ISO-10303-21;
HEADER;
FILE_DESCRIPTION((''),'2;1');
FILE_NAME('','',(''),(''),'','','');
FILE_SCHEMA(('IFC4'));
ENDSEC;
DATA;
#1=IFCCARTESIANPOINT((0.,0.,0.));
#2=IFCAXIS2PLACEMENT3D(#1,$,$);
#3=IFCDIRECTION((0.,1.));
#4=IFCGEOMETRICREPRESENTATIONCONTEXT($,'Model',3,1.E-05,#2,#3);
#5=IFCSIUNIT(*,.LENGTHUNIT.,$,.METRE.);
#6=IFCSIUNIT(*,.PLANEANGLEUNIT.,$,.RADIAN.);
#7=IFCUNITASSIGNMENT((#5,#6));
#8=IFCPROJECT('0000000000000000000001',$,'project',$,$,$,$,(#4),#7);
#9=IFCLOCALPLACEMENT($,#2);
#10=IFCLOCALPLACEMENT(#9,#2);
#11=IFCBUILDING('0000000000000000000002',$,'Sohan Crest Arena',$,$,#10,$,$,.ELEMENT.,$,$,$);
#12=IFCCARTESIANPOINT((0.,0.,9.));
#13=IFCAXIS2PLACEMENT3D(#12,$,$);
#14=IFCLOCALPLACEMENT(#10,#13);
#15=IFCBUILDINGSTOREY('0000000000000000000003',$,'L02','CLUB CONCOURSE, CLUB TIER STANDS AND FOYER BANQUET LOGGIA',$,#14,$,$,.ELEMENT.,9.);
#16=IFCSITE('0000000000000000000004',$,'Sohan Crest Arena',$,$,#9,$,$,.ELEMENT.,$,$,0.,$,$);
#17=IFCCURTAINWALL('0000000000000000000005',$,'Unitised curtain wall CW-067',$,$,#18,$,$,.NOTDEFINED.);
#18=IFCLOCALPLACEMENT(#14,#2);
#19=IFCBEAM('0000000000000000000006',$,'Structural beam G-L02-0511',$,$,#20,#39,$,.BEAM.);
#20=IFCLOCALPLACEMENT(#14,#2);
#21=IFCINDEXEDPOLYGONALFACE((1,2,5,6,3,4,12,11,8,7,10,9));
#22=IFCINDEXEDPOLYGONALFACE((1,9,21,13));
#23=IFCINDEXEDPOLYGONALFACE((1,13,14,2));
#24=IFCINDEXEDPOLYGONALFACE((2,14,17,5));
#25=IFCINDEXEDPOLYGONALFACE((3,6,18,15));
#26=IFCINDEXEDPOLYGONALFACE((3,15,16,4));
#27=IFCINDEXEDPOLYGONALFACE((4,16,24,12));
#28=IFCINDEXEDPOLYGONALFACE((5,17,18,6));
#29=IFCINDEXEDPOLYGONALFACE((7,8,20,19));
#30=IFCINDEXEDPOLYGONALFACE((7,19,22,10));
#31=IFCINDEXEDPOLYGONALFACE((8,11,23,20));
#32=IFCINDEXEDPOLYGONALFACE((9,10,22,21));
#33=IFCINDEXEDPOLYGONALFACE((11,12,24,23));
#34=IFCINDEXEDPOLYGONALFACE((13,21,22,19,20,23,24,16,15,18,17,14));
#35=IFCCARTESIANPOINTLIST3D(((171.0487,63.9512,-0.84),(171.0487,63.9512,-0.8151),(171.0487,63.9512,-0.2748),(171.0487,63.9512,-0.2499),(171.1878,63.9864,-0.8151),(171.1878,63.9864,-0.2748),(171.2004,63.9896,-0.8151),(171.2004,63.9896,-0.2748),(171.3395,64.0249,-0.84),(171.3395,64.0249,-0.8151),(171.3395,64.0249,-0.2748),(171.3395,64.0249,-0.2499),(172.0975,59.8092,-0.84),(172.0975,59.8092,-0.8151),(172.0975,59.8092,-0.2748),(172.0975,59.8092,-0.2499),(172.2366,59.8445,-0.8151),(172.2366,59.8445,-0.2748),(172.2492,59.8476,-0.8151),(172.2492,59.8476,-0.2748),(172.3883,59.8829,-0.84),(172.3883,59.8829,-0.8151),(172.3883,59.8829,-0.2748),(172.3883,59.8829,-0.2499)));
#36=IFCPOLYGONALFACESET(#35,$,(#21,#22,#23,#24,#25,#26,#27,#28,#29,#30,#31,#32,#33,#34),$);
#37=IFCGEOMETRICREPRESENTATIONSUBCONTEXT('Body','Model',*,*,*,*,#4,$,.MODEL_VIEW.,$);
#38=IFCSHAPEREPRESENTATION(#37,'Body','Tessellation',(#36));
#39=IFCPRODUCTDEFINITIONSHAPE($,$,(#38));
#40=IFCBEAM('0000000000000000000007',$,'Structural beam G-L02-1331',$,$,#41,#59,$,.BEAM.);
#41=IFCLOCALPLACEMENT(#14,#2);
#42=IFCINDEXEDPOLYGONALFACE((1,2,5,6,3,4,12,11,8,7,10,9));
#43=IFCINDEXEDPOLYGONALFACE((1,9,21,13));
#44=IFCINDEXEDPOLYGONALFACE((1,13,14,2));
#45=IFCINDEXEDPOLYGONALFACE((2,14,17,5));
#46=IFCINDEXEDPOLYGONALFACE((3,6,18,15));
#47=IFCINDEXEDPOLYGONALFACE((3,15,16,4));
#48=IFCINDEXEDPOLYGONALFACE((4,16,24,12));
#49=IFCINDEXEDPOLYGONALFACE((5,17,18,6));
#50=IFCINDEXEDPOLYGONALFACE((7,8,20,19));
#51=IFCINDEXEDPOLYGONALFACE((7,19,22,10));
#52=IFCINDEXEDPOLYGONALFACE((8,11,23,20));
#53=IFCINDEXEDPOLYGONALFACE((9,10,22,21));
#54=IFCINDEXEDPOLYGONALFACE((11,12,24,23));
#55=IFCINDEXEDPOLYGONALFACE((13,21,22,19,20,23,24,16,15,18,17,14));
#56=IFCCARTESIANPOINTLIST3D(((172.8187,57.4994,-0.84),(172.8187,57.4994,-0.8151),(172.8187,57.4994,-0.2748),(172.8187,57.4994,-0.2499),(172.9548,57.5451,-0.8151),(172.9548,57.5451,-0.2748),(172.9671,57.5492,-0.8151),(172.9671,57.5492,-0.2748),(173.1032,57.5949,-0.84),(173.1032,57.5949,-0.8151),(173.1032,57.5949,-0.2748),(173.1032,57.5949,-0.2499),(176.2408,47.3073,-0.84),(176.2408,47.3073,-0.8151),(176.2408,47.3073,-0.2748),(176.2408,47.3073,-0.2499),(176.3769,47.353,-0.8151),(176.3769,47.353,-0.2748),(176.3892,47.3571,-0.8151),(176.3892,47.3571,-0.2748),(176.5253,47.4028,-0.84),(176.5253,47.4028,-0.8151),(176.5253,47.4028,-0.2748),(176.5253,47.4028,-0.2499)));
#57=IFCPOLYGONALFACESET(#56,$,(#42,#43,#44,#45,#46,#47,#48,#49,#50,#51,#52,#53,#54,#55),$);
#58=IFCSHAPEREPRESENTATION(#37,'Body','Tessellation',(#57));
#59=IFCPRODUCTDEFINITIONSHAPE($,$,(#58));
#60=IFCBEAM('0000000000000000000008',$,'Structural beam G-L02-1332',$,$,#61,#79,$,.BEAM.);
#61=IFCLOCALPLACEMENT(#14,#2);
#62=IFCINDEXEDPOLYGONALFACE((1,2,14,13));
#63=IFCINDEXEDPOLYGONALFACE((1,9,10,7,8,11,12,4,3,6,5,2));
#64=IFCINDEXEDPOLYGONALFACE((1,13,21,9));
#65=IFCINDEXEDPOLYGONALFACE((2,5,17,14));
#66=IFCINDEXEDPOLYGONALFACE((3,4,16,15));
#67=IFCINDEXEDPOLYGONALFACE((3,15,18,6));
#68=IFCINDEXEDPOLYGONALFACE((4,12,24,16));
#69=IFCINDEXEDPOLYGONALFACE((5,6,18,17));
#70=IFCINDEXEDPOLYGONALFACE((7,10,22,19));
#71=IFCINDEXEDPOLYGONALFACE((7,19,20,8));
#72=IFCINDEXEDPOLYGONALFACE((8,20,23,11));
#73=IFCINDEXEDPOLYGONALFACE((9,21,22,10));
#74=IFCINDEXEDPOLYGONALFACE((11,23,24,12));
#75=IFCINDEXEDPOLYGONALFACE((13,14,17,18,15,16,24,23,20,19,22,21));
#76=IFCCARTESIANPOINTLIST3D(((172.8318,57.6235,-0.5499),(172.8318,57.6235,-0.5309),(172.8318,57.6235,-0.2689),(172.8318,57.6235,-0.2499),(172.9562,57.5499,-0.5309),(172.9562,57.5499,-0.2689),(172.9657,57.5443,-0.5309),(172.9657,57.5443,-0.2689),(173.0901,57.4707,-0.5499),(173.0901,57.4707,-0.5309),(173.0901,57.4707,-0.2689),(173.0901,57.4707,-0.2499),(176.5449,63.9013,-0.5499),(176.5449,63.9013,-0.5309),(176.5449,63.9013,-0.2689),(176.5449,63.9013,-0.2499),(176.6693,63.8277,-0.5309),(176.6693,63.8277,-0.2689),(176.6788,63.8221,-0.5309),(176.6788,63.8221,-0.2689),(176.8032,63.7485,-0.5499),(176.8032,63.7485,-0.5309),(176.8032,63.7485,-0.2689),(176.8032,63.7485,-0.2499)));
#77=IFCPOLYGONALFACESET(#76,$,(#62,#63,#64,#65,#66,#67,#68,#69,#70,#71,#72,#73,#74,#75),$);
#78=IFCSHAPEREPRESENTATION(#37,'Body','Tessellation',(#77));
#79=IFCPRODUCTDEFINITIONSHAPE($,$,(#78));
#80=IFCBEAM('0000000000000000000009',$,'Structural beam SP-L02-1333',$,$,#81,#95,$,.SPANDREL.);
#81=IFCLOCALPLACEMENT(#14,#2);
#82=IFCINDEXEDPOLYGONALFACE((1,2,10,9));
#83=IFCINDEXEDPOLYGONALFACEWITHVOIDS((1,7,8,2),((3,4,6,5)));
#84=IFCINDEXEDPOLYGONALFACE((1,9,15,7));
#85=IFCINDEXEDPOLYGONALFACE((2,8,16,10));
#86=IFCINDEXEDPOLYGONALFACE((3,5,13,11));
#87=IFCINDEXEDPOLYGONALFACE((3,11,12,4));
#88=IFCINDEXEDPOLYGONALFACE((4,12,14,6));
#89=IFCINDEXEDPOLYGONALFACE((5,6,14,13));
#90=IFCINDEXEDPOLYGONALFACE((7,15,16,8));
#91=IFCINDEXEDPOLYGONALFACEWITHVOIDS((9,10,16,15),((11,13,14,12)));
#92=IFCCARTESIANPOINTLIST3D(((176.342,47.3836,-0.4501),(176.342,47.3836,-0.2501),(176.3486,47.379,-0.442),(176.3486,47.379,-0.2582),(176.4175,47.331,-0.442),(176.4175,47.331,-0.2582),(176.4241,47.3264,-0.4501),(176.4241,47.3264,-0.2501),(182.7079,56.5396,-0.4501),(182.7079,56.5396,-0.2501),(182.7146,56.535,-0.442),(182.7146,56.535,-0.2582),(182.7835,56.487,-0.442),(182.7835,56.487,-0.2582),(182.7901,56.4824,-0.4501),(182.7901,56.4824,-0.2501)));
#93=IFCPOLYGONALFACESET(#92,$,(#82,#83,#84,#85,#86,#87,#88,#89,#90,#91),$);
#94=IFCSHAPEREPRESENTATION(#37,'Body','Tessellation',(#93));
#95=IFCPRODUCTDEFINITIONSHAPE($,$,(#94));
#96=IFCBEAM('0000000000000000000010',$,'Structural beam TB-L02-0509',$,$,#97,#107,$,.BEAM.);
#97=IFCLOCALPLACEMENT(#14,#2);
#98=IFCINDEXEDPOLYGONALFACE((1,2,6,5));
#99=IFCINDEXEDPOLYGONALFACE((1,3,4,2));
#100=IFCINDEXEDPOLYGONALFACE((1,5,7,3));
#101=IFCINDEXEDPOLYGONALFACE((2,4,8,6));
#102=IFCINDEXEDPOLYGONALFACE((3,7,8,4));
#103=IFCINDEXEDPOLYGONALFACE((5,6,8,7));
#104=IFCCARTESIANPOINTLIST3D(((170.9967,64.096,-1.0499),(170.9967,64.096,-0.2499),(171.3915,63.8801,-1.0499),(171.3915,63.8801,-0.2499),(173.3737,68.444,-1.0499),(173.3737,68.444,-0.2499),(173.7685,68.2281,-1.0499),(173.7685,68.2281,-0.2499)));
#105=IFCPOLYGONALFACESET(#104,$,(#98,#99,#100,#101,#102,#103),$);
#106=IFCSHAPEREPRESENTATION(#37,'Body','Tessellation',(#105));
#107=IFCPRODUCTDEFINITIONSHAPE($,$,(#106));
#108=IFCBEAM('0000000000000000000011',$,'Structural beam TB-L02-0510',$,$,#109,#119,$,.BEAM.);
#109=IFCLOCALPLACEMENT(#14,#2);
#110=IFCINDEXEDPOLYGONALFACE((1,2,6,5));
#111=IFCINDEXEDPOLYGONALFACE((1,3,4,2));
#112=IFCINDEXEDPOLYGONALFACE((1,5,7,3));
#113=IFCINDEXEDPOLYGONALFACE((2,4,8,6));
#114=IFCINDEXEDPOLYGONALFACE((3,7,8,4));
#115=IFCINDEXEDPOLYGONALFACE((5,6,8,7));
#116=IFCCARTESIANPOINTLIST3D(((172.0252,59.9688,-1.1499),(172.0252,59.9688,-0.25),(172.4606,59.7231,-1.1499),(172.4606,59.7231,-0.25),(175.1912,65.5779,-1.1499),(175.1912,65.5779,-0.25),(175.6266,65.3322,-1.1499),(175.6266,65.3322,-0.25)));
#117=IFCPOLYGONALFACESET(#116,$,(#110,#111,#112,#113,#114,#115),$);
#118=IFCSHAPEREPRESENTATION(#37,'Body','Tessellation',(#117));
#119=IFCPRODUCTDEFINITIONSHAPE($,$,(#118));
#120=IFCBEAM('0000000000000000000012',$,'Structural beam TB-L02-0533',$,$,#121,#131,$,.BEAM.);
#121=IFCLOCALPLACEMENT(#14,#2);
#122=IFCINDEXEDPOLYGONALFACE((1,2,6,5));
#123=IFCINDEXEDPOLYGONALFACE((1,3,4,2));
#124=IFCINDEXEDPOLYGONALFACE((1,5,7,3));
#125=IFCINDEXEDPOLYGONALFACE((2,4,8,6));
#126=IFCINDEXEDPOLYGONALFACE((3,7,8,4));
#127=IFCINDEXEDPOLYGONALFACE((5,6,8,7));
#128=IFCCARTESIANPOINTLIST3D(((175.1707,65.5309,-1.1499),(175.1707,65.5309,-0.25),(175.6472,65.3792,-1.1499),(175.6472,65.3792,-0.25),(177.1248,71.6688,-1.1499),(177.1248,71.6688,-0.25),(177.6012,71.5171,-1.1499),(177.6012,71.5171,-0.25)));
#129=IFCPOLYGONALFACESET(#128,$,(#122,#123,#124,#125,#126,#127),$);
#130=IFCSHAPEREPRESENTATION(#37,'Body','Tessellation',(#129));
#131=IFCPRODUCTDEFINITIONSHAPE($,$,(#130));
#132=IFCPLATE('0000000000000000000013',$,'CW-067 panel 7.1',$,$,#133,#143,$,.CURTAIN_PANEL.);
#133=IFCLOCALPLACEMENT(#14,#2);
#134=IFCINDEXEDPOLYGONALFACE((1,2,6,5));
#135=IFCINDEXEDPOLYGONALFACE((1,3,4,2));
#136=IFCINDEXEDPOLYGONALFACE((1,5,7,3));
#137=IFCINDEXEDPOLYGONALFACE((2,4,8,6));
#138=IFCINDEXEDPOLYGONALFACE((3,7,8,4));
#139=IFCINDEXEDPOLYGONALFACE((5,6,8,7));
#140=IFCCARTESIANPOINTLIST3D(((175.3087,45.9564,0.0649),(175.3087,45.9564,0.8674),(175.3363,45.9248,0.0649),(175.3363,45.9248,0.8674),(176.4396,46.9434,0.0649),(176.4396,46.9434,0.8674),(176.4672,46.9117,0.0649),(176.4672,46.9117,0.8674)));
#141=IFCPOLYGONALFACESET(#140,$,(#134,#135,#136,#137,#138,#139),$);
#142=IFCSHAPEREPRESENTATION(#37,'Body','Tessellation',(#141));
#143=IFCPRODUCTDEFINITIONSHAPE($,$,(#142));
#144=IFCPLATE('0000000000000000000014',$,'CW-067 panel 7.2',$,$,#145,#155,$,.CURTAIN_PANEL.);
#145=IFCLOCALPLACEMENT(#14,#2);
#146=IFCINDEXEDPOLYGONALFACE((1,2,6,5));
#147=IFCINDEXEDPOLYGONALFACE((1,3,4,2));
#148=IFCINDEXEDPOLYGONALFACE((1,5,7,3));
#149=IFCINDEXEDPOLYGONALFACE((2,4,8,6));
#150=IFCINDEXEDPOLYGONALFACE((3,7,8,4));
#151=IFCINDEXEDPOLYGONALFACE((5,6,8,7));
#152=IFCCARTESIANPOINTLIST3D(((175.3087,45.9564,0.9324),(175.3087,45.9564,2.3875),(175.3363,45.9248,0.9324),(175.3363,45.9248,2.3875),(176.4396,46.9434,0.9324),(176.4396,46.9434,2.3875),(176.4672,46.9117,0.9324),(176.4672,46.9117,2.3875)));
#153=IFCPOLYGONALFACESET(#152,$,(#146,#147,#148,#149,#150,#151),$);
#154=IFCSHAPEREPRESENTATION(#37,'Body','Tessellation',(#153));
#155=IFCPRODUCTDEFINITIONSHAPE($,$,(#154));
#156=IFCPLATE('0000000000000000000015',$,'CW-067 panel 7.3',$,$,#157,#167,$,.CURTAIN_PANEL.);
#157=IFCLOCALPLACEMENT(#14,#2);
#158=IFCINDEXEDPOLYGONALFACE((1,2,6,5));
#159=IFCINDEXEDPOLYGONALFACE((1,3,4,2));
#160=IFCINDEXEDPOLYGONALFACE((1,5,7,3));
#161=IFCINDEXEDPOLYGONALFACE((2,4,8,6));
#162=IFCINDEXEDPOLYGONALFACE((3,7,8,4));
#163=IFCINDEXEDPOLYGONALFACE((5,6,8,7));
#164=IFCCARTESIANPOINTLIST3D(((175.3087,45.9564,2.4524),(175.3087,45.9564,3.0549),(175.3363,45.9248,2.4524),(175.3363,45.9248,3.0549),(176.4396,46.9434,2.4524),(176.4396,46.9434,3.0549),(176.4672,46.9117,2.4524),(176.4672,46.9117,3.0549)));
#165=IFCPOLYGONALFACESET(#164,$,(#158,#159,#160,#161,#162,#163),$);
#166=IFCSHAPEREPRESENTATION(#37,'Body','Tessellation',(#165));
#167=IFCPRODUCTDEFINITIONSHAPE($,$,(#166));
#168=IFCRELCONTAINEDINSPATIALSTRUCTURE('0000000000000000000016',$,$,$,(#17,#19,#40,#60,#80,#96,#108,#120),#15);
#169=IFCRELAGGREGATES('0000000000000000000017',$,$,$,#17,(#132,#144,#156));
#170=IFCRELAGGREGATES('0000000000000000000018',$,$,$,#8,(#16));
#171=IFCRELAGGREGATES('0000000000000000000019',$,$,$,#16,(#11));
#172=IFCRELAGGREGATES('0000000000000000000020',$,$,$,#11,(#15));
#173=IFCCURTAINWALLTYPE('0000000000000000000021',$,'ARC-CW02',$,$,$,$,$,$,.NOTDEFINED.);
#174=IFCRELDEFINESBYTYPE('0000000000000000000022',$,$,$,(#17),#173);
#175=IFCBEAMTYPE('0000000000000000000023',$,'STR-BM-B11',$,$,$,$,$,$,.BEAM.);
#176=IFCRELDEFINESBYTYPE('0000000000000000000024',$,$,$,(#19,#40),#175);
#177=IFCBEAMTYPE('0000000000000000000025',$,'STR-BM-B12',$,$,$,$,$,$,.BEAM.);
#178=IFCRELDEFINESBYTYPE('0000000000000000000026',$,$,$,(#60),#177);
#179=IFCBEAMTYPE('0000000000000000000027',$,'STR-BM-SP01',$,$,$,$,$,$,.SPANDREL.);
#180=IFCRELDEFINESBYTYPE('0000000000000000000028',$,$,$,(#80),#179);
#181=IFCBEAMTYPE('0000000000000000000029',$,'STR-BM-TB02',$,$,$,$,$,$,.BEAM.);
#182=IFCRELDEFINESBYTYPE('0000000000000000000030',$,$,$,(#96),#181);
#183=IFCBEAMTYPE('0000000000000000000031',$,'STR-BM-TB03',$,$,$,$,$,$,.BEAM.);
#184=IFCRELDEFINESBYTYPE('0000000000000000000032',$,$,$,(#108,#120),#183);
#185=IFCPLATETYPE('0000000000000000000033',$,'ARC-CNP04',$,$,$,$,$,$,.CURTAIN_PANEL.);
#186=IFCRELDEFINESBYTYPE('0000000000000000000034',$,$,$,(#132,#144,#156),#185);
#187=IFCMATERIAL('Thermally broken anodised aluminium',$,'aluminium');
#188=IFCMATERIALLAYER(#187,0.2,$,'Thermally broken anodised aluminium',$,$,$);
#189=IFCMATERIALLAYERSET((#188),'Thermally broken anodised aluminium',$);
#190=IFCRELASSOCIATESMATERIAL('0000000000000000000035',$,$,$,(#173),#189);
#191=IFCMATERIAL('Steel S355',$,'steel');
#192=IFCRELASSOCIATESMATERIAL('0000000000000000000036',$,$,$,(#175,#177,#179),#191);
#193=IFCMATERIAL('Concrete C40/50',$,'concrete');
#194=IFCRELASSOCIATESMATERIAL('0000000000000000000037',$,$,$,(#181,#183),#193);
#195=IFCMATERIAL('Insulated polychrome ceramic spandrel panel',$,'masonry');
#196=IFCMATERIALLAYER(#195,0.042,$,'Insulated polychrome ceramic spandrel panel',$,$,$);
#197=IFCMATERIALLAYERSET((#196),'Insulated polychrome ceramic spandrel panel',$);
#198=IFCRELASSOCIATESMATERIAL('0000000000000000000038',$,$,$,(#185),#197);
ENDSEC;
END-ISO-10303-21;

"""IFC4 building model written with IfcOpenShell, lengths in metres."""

from ifc_helpers import new_model, si_unit, direction, frame, origin, origin_2d, place, context, subcontext, project, spatial, rectangle, hollow_rectangle, i_section, extrude, material, layer, layer_set, material_profile, profile_set, type_object, element, aggregate, save


model = new_model("IFC4")

# Units and contexts
model_context = context("Model", 3, precision=1e-05, world=origin(), true_north=direction((0.0, 1.0)))
body_context = subcontext(model_context, "Body", "Model", "MODEL_VIEW")
ifc_project = project(units=[si_unit("LENGTHUNIT", "METRE"), si_unit("PLANEANGLEUNIT", "RADIAN")], contexts=[model_context])

# Site, building, storey
site_placement = place(None, origin())
site = spatial("IfcSite", under=ifc_project, at=site_placement, Name="Sohan Crest Arena", CompositionType="ELEMENT", RefElevation=0.0)
building_placement = place(site_placement, origin())
building = spatial("IfcBuilding", under=site, at=building_placement, Name="Sohan Crest Arena", CompositionType="ELEMENT")
storey_placement = place(building_placement, frame((0.0, 0.0, 9.0)))
storey = spatial("IfcBuildingStorey", under=building, at=storey_placement, Name="L02", Description="CLUB CONCOURSE, CLUB TIER STANDS AND FOYER BANQUET LOGGIA", CompositionType="ELEMENT", Elevation=9.0)

# Shared definitions
ifc_material_1 = material(Name="Concrete C40/50", Category="concrete")
ifc_material_2 = material(Name="Steel S355", Category="steel")

# Shared definitions
ifc_material_3 = material(Name="Thermally broken anodised aluminium", Category="aluminium")

# Curtain wall
ifc_layer_1 = layer(ifc_material_3, 0.2, Name="Thermally broken anodised aluminium")
ifc_layer_set_1 = layer_set([ifc_layer_1], Name="Thermally broken anodised aluminium")
curtain_wall_type_1 = type_object("IfcCurtainWallType", Name="ARC-CW02", PredefinedType="NOTDEFINED", material=ifc_layer_set_1)
curtain_wall_1_placement = place(storey_placement, origin())
curtain_wall_1 = element("IfcCurtainWall", 1, at=curtain_wall_1_placement, inside=storey, type_object=curtain_wall_type_1, Name="Unitised curtain wall CW-067", PredefinedType="NOTDEFINED")

# Beams
ifc_material_profile_1 = material_profile(ifc_material_2, i_section(OverallWidth=0.3, OverallDepth=0.5901, WebThickness=0.0129, FlangeThickness=0.0249, at=origin_2d()), Name="HEA 600")
ifc_profile_set_1 = profile_set([ifc_material_profile_1], Name="Steel S355")
beam_type_1 = type_object("IfcBeamType", Name="STR-BM-B11", PredefinedType="BEAM", material=ifc_profile_set_1)
beam_1_placement = place(storey_placement, frame((171.1941, 63.988, -0.5449), z_axis=(0.245465, -0.969405, 0.0), x_axis=(0.969405, 0.245465, 0.0)))
element("IfcBeam", 2, at=beam_1_placement, inside=storey, type_object=beam_type_1, Name="Structural beam G-L02-0511", PredefinedType="BEAM", context=body_context, shape_type="SweptSolid", body=[
    extrude(i_section(OverallWidth=0.3, OverallDepth=0.5901, WebThickness=0.0129, FlangeThickness=0.0249, at=origin_2d()), origin(), (0.0, 0.0, 1.0), 4.2727),
])
beam_2_placement = place(storey_placement, frame((172.9609, 57.5471, -0.5449), z_axis=(0.318298, -0.947991, 0.0), x_axis=(0.947991, 0.318298, 0.0)))
element("IfcBeam", 3, at=beam_2_placement, inside=storey, type_object=beam_type_1, Name="Structural beam G-L02-1331", PredefinedType="BEAM", context=body_context, shape_type="SweptSolid", body=[
    extrude(i_section(OverallWidth=0.3, OverallDepth=0.5901, WebThickness=0.0129, FlangeThickness=0.0249, at=origin_2d()), origin(), (0.0, 0.0, 1.0), 10.7512),
])
ifc_material_profile_2 = material_profile(ifc_material_2, i_section(OverallWidth=0.3, OverallDepth=0.3, WebThickness=0.011, FlangeThickness=0.019, at=origin_2d()), Name="HEB 300")
ifc_profile_set_2 = profile_set([ifc_material_profile_2], Name="Steel S355")
beam_type_2 = type_object("IfcBeamType", Name="STR-BM-B12", PredefinedType="BEAM", material=ifc_profile_set_2)
beam_3_placement = place(storey_placement, frame((172.9609, 57.5471, -0.3999), z_axis=(0.509086, 0.860716, 0.0), x_axis=(-0.860716, 0.509086, 0.0)))
element("IfcBeam", 4, at=beam_3_placement, inside=storey, type_object=beam_type_2, Name="Structural beam G-L02-1332", PredefinedType="BEAM", context=body_context, shape_type="SweptSolid", body=[
    extrude(i_section(OverallWidth=0.3, OverallDepth=0.3, WebThickness=0.011, FlangeThickness=0.019, at=origin_2d()), origin(), (0.0, 0.0, 1.0), 7.2937),
])
ifc_material_profile_3 = material_profile(ifc_material_2, hollow_rectangle(XDim=0.1001, YDim=0.2, WallThickness=0.0081, at=origin_2d()), Name="RHS 200x100x8")
ifc_profile_set_3 = profile_set([ifc_material_profile_3], Name="Steel S355")
beam_type_3 = type_object("IfcBeamType", Name="STR-BM-SP01", PredefinedType="SPANDREL", material=ifc_profile_set_3)
beam_4_placement = place(storey_placement, frame((176.3831, 47.355, -0.3501), z_axis=(0.570857, 0.821049, 0.0), x_axis=(-0.821049, 0.570857, 0.0)))
element("IfcBeam", 5, at=beam_4_placement, inside=storey, type_object=beam_type_3, Name="Structural beam SP-L02-1333", PredefinedType="SPANDREL", context=body_context, shape_type="SweptSolid", body=[
    extrude(hollow_rectangle(XDim=0.1001, YDim=0.2, WallThickness=0.0081, at=origin_2d()), origin(), (0.0, 0.0, 1.0), 11.1516),
])
ifc_material_profile_4 = material_profile(ifc_material_1, rectangle(XDim=0.45, YDim=0.8, at=origin_2d()), Name="RC-BM 450x800")
ifc_profile_set_4 = profile_set([ifc_material_profile_4], Name="Concrete C40/50")
beam_type_4 = type_object("IfcBeamType", Name="STR-BM-TB02", PredefinedType="BEAM", material=ifc_profile_set_4)
beam_5_placement = place(storey_placement, frame((171.1941, 63.988, -0.6499), z_axis=(0.479687, 0.87744, 0.0), x_axis=(-0.87744, 0.479687, 0.0)))
element("IfcBeam", 6, at=beam_5_placement, inside=storey, type_object=beam_type_4, Name="Structural beam TB-L02-0509", PredefinedType="BEAM", context=body_context, shape_type="SweptSolid", body=[
    extrude(rectangle(XDim=0.45, YDim=0.8, at=origin_2d()), origin(), (0.0, 0.0, 1.0), 4.9553),
])
ifc_material_profile_5 = material_profile(ifc_material_1, rectangle(XDim=0.5, YDim=0.8999, at=origin_2d()), Name="RC-BM 500x900")
ifc_profile_set_5 = profile_set([ifc_material_profile_5], Name="Concrete C40/50")
beam_type_5 = type_object("IfcBeamType", Name="STR-BM-TB03", PredefinedType="BEAM", material=ifc_profile_set_5)
beam_6_placement = place(storey_placement, frame((172.2429, 59.8459, -0.7), z_axis=(0.491544, 0.870853, 0.0), x_axis=(-0.870853, 0.491544, 0.0)))
element("IfcBeam", 7, at=beam_6_placement, inside=storey, type_object=beam_type_5, Name="Structural beam TB-L02-0510", PredefinedType="BEAM", context=body_context, shape_type="SweptSolid", body=[
    extrude(rectangle(XDim=0.5, YDim=0.8999, at=origin_2d()), origin(), (0.0, 0.0, 1.0), 6.4409),
])
beam_7_placement = place(storey_placement, frame((175.4089, 65.4551, -0.7), z_axis=(0.303362, 0.952875, 0.0), x_axis=(-0.952875, 0.303362, 0.0)))
element("IfcBeam", 8, at=beam_7_placement, inside=storey, type_object=beam_type_5, Name="Structural beam TB-L02-0533", PredefinedType="BEAM", context=body_context, shape_type="SweptSolid", body=[
    extrude(rectangle(XDim=0.5, YDim=0.8999, at=origin_2d()), origin(), (0.0, 0.0, 1.0), 6.4414),
])

# Plates
ifc_material_4 = material(Name="Insulated polychrome ceramic spandrel panel", Category="masonry")
ifc_layer_2 = layer(ifc_material_4, 0.042, Name="Insulated polychrome ceramic spandrel panel")
ifc_layer_set_2 = layer_set([ifc_layer_2], Name="Insulated polychrome ceramic spandrel panel")
plate_type = type_object("IfcPlateType", Name="ARC-CNP04", PredefinedType="CURTAIN_PANEL", material=ifc_layer_set_2)
plate_1_placement = place(storey_placement, frame((175.8879, 46.4341, 0.0649), z_axis=(0.0, 0.0, 1.0), x_axis=(0.753421, 0.657539, 0.0)))
plate_1 = element("IfcPlate", 9, at=plate_1_placement, type_object=plate_type, Name="CW-067 panel 7.1", PredefinedType="CURTAIN_PANEL", context=body_context, shape_type="SweptSolid", body=[
    extrude(rectangle(XDim=1.501, YDim=0.042, at=origin_2d()), origin(), (0.0, 0.0, 1.0), 0.8025),
])
plate_2_placement = place(storey_placement, frame((175.8879, 46.4341, 0.9324), z_axis=(0.0, 0.0, 1.0), x_axis=(0.753421, 0.657539, 0.0)))
plate_2 = element("IfcPlate", 10, at=plate_2_placement, type_object=plate_type, Name="CW-067 panel 7.2", PredefinedType="CURTAIN_PANEL", context=body_context, shape_type="SweptSolid", body=[
    extrude(rectangle(XDim=1.501, YDim=0.042, at=origin_2d()), origin(), (0.0, 0.0, 1.0), 1.4551),
])
plate_3_placement = place(storey_placement, frame((175.8879, 46.4341, 2.4524), z_axis=(0.0, 0.0, 1.0), x_axis=(0.753421, 0.657539, 0.0)))
plate_3 = element("IfcPlate", 11, at=plate_3_placement, type_object=plate_type, Name="CW-067 panel 7.3", PredefinedType="CURTAIN_PANEL", context=body_context, shape_type="SweptSolid", body=[
    extrude(rectangle(XDim=1.501, YDim=0.042, at=origin_2d()), origin(), (0.0, 0.0, 1.0), 0.6025),
])
aggregate(curtain_wall_1, [plate_1, plate_2, plate_3])

save(model, "model.ifc")
